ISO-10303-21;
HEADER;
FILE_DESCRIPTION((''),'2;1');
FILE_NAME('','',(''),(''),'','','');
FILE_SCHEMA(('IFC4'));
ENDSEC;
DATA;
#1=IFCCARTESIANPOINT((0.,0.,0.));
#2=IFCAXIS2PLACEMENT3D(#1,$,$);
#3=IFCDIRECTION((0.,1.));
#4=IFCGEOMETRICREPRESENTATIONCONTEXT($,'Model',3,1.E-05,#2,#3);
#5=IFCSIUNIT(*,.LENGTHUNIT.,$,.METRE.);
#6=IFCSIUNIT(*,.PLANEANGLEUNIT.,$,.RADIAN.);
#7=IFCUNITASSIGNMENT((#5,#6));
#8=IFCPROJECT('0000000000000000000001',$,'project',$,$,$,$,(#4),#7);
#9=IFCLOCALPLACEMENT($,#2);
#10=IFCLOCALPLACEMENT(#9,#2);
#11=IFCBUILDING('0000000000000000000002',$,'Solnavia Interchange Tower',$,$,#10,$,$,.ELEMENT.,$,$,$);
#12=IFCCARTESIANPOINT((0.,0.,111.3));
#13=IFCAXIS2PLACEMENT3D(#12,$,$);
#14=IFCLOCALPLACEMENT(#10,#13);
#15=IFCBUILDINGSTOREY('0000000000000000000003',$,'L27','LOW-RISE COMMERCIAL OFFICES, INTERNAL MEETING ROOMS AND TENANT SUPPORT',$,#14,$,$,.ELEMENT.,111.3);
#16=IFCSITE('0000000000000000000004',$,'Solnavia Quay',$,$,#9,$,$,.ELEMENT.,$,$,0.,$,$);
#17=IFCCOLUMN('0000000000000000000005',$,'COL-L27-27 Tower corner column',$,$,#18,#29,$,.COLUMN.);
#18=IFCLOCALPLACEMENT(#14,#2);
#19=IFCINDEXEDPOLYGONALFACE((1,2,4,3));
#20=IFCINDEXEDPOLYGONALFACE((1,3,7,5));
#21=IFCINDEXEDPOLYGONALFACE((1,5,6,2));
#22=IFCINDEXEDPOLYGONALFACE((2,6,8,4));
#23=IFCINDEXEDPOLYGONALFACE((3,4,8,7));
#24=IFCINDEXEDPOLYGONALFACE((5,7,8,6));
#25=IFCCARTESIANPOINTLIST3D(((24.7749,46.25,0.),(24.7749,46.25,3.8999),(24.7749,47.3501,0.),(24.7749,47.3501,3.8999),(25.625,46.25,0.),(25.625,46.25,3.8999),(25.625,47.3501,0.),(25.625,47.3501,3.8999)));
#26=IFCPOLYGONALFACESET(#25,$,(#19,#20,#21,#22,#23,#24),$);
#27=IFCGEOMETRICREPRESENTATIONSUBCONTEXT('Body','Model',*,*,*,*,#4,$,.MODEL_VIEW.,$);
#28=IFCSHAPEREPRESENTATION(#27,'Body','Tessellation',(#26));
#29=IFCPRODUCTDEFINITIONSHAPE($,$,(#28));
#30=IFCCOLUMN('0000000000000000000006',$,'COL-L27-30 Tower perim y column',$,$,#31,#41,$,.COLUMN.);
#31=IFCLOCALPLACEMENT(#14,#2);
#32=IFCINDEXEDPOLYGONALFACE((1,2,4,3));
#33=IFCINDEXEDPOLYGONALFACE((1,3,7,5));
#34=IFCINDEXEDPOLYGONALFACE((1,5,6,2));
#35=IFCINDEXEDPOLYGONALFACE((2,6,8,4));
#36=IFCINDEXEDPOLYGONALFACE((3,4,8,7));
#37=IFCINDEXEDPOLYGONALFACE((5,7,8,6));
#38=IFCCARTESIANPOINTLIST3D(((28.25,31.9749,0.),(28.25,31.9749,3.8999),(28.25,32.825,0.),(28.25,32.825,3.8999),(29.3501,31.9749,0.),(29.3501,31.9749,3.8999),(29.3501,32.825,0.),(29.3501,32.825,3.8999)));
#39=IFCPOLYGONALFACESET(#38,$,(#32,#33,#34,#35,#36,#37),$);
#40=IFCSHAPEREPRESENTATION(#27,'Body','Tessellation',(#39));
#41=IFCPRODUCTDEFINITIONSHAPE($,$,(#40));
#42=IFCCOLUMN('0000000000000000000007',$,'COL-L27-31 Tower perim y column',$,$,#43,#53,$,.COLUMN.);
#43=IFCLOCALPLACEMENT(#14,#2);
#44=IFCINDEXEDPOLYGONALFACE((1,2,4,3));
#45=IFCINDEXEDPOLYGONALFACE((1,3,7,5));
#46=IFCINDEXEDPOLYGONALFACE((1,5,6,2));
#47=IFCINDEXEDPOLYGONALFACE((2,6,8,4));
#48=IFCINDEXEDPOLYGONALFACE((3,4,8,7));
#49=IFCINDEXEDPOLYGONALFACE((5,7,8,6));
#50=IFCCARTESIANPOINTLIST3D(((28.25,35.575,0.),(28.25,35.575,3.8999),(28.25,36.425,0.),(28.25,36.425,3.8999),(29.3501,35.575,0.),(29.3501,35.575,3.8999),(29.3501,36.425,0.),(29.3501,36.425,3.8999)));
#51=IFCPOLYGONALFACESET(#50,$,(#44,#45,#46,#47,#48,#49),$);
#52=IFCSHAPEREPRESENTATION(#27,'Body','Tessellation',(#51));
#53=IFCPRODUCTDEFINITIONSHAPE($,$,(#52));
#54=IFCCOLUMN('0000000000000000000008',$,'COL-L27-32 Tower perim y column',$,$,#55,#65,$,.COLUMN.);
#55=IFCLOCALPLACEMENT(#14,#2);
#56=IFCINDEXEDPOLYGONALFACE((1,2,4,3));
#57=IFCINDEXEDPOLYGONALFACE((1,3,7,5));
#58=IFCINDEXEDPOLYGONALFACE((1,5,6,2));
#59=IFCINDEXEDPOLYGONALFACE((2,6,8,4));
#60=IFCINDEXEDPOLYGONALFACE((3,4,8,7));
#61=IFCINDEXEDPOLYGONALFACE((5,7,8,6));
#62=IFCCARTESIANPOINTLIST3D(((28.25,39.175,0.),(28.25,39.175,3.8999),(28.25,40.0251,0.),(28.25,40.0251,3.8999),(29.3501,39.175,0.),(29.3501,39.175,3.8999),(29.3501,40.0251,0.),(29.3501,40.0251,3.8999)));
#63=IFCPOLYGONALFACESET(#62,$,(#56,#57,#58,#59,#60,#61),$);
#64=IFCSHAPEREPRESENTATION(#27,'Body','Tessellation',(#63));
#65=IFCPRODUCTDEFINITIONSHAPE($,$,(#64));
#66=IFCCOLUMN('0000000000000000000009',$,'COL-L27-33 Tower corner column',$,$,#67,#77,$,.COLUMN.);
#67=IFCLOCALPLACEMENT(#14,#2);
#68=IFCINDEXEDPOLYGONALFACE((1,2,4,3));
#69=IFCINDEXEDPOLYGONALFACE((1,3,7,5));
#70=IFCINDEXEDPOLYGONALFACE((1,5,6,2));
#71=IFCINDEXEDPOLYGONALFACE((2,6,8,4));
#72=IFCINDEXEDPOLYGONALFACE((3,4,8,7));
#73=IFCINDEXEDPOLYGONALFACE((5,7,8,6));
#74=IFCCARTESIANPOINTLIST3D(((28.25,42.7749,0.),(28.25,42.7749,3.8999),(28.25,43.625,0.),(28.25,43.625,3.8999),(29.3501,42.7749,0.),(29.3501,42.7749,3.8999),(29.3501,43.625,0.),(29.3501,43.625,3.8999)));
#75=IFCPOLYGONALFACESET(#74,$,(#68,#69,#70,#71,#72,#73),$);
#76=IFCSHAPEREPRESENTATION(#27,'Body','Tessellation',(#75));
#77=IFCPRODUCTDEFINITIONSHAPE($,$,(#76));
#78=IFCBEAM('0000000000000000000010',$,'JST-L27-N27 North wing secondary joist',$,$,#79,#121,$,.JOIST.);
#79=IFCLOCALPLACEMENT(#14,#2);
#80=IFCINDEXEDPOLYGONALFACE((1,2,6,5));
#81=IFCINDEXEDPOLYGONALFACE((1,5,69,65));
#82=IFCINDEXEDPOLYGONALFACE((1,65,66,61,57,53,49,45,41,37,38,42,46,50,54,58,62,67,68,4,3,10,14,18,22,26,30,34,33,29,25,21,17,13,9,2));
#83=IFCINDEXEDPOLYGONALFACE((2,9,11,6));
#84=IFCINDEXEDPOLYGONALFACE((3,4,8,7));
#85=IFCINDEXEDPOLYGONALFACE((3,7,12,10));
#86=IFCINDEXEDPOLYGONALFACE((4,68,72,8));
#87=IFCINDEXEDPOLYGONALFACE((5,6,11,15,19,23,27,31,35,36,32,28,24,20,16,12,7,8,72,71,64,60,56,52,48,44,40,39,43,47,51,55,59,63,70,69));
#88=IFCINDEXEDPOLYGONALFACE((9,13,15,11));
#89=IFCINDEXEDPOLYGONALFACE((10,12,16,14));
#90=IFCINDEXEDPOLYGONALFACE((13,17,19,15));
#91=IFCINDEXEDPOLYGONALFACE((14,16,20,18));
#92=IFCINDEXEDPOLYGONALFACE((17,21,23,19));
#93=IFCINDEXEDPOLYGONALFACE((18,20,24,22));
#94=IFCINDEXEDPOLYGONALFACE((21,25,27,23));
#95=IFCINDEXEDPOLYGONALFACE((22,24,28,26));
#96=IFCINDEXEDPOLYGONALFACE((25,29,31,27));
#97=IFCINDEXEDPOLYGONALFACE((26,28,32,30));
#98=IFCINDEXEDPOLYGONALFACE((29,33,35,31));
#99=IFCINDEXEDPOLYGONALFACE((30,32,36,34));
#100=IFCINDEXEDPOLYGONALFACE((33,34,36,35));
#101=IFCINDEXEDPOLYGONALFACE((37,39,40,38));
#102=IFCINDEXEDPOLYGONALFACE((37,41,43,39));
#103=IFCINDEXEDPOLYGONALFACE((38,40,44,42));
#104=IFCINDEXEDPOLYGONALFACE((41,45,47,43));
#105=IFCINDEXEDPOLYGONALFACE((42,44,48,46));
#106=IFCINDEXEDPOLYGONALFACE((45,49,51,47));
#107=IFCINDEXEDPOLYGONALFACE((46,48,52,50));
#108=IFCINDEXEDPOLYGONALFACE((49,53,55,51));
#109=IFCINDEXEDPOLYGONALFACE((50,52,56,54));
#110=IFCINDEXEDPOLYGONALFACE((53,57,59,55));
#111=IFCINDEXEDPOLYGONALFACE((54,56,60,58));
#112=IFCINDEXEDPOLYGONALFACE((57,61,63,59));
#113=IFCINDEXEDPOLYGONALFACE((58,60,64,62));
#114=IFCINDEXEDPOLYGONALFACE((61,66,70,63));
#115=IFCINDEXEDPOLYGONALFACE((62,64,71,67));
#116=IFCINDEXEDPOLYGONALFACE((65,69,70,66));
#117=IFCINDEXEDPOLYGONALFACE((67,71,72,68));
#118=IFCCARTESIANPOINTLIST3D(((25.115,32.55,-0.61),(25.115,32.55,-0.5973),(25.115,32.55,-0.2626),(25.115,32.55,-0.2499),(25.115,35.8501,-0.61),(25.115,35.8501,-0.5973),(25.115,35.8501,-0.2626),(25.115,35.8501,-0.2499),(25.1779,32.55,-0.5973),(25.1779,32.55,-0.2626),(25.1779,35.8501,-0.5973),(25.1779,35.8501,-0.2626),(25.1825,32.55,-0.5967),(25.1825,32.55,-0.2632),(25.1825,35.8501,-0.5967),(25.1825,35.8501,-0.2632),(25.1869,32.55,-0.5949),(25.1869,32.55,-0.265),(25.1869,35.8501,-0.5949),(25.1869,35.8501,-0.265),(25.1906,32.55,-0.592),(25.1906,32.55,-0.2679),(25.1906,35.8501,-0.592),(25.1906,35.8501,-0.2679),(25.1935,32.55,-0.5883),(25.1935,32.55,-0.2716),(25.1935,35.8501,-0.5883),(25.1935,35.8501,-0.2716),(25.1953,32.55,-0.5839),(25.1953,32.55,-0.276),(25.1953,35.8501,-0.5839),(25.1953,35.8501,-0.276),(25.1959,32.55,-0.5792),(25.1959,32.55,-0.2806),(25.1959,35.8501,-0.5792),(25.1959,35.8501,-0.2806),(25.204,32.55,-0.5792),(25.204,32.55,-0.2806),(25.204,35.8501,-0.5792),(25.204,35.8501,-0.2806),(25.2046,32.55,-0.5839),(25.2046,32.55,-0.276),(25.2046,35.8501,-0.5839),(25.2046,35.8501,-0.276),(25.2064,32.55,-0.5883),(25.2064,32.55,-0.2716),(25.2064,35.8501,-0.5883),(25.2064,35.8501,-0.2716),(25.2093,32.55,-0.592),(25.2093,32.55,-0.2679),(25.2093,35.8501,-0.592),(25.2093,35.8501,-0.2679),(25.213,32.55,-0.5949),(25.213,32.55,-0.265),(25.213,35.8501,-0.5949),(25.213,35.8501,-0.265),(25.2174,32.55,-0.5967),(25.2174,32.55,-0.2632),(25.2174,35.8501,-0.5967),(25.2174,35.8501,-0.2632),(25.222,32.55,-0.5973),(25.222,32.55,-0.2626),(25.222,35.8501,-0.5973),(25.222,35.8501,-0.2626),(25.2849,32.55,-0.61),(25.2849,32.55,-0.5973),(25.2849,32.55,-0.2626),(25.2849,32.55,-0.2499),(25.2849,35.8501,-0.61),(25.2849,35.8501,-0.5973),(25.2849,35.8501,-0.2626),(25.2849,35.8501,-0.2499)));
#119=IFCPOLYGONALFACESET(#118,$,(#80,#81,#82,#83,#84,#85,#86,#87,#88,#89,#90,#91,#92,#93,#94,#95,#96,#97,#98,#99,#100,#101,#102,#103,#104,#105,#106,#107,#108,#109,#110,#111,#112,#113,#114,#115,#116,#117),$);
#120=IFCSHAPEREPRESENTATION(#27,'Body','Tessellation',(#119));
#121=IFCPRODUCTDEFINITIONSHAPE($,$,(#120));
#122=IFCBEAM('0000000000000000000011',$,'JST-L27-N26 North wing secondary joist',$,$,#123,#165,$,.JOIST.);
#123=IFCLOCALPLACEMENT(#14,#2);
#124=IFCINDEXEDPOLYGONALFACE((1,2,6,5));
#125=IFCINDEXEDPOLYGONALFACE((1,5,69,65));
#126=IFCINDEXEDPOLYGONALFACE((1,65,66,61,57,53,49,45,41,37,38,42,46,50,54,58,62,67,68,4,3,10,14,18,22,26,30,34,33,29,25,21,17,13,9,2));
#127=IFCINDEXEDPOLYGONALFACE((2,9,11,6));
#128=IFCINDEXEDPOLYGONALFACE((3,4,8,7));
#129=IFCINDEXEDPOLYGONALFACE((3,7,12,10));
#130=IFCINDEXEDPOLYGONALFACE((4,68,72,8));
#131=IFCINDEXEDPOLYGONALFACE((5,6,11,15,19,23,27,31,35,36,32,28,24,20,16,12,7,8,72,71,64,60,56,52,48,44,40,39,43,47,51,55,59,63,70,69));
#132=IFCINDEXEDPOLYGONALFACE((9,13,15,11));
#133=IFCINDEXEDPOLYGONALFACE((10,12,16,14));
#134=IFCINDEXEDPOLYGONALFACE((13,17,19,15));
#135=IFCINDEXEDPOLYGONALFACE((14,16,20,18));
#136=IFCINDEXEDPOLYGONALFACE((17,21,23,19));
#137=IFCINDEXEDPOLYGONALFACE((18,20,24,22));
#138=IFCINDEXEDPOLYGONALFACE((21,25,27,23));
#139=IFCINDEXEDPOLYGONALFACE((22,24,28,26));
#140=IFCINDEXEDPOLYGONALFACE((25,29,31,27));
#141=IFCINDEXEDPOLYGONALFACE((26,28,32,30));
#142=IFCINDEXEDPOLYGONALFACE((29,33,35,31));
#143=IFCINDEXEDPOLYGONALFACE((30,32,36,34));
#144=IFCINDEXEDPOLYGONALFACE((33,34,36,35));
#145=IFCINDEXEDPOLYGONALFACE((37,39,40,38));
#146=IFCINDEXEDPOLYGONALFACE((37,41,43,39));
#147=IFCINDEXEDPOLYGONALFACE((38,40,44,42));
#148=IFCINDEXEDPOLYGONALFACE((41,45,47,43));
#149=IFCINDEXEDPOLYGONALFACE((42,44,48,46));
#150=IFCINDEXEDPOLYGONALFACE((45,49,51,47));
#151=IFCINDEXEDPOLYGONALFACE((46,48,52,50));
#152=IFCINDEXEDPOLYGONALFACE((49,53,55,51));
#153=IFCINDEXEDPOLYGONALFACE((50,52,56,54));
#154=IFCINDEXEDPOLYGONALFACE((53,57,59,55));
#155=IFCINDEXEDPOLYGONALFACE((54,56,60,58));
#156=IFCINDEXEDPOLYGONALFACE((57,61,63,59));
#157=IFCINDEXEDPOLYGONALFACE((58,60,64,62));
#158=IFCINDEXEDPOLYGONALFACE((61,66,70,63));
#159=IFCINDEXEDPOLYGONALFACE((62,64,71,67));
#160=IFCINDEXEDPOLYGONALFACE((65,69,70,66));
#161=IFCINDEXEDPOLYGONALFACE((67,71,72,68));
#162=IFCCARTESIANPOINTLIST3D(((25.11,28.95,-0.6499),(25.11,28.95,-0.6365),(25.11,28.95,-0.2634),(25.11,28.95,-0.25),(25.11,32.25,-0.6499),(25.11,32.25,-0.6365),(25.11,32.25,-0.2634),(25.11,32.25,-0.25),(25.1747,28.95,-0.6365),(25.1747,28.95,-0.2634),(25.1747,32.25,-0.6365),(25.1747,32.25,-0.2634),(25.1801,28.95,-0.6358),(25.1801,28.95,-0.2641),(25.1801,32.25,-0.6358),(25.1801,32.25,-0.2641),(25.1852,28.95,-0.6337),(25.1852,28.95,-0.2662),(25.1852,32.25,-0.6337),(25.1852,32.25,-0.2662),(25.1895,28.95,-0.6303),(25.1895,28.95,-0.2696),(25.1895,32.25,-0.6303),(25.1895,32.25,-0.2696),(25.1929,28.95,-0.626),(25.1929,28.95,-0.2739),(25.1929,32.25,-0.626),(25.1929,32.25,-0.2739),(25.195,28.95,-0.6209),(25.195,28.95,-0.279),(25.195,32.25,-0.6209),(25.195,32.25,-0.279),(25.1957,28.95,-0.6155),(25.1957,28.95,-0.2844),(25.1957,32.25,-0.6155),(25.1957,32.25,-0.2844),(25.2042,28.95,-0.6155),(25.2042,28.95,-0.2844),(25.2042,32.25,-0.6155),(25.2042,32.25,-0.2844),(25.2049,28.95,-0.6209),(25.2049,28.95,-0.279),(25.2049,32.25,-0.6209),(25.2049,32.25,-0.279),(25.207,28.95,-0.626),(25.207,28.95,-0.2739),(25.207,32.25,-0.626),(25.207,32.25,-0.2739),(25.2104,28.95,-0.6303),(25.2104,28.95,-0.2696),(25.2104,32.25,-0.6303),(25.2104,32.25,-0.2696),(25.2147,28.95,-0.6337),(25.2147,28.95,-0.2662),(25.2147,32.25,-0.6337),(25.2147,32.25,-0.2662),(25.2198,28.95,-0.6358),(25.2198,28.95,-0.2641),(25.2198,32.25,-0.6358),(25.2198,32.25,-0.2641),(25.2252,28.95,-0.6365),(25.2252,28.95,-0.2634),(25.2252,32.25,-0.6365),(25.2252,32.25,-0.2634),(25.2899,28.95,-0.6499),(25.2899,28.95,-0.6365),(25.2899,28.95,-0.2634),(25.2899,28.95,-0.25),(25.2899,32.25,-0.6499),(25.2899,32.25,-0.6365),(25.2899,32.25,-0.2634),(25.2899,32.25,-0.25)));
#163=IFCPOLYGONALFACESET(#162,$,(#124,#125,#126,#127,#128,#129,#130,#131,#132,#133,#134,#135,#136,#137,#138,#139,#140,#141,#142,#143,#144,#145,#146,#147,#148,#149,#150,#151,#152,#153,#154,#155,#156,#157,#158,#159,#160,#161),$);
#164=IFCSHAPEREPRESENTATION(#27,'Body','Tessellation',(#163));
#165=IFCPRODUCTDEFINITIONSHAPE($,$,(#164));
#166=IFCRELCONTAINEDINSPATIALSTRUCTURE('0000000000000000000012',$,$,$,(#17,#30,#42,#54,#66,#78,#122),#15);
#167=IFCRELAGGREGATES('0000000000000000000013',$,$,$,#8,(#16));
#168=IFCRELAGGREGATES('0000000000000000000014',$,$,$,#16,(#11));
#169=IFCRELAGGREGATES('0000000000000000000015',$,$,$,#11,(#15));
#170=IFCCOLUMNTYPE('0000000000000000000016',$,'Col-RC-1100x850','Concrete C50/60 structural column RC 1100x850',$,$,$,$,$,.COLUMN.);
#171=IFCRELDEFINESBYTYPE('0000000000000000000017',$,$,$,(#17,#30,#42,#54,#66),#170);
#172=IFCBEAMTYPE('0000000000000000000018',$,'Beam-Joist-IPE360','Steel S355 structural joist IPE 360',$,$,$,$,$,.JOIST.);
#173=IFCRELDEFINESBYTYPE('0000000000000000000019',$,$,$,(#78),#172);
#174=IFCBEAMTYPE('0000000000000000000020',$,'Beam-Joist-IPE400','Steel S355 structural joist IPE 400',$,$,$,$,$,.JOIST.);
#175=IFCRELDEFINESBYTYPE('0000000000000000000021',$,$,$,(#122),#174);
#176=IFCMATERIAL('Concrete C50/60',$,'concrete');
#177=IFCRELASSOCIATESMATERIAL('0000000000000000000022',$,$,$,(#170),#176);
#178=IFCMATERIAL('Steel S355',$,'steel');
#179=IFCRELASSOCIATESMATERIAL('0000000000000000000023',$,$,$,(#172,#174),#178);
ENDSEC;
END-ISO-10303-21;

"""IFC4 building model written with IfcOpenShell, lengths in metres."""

from ifc_helpers import new_model, si_unit, direction, frame, origin, origin_2d, place, context, subcontext, project, spatial, rectangle, i_section, extrude, material, material_profile, profile_set, type_object, element, save


model = new_model("IFC4")

# Units and contexts
model_context = context("Model", 3, precision=1e-05, world=origin(), true_north=direction((0.0, 1.0)))
body_context = subcontext(model_context, "Body", "Model", "MODEL_VIEW")
ifc_project = project(units=[si_unit("LENGTHUNIT", "METRE"), si_unit("PLANEANGLEUNIT", "RADIAN")], contexts=[model_context])

# Site, building, storey
site_placement = place(None, origin())
site = spatial("IfcSite", under=ifc_project, at=site_placement, Name="Solnavia Quay", CompositionType="ELEMENT", RefElevation=0.0)
building_placement = place(site_placement, origin())
building = spatial("IfcBuilding", under=site, at=building_placement, Name="Solnavia Interchange Tower", CompositionType="ELEMENT")
storey_placement = place(building_placement, frame((0.0, 0.0, 111.3)))
storey = spatial("IfcBuildingStorey", under=building, at=storey_placement, Name="L27", Description="LOW-RISE COMMERCIAL OFFICES, INTERNAL MEETING ROOMS AND TENANT SUPPORT", CompositionType="ELEMENT", Elevation=111.3)

# Columns
ifc_material_1 = material(Name="Concrete C50/60", Category="concrete")
ifc_material_profile_1 = material_profile(ifc_material_1, rectangle(XDim=0.8501, YDim=1.1001, at=origin_2d()), Name="RC 1100x850")
ifc_profile_set_1 = profile_set([ifc_material_profile_1], Name="Concrete C50/60")
column_type = type_object("IfcColumnType", Name="Col-RC-1100x850", Description="Concrete C50/60 structural column RC 1100x850", PredefinedType="COLUMN", material=ifc_profile_set_1)
for number, where, z_axis, x_axis, name in (
    (1, (25.2, 46.8, 0.0), (0.0, 0.0, 1.0), (1.0, 0.0, 0.0), "COL-L27-27 Tower corner column"),
    (2, (28.8, 32.3999, 0.0), (0.0, 0.0, 1.0), (0.0, 1.0, 0.0), "COL-L27-30 Tower perim y column"),
    (3, (28.8, 36.0, 0.0), (0.0, 0.0, 1.0), (0.0, 1.0, 0.0), "COL-L27-31 Tower perim y column"),
    (4, (28.8, 39.6001, 0.0), (0.0, 0.0, 1.0), (0.0, 1.0, 0.0), "COL-L27-32 Tower perim y column"),
    (5, (28.8, 43.2, 0.0), (0.0, 0.0, 1.0), (0.0, 1.0, 0.0), "COL-L27-33 Tower corner column"),
):
    element("IfcColumn", number, at=place(storey_placement, frame(where, z_axis=z_axis, x_axis=x_axis)), inside=storey, type_object=column_type, Name=name, PredefinedType="COLUMN", context=body_context, shape_type="SweptSolid", body=[
        extrude(rectangle(XDim=0.8501, YDim=1.1001, at=origin_2d()), origin(), (0.0, 0.0, 1.0), 3.8999),
    ])

# Beams
ifc_material_2 = material(Name="Steel S355", Category="steel")
ifc_material_profile_2 = material_profile(ifc_material_2, i_section(OverallWidth=0.1699, OverallDepth=0.3601, WebThickness=0.0081, FlangeThickness=0.0127, FilletRadius=0.0181, at=origin_2d()), Name="IPE 360")
ifc_profile_set_2 = profile_set([ifc_material_profile_2], Name="Steel S355")
beam_type_1 = type_object("IfcBeamType", Name="Beam-Joist-IPE360", Description="Steel S355 structural joist IPE 360", PredefinedType="JOIST", material=ifc_profile_set_2)
beam_1_placement = place(storey_placement, frame((25.2, 32.55, -0.4299), z_axis=(0.0, 1.0, 0.0), x_axis=(-1.0, 0.0, 0.0)))
element("IfcBeam", 6, at=beam_1_placement, inside=storey, type_object=beam_type_1, Name="JST-L27-N27 North wing secondary joist", PredefinedType="JOIST", context=body_context, shape_type="SweptSolid", body=[
    extrude(i_section(OverallWidth=0.1699, OverallDepth=0.3601, WebThickness=0.0081, FlangeThickness=0.0127, FilletRadius=0.0181, at=origin_2d()), origin(), (0.0, 0.0, 1.0), 3.3),
])
ifc_material_profile_3 = material_profile(ifc_material_2, i_section(OverallWidth=0.1799, OverallDepth=0.3999, WebThickness=0.0085, FlangeThickness=0.0134, FilletRadius=0.021, at=origin_2d()), Name="IPE 400")
ifc_profile_set_3 = profile_set([ifc_material_profile_3], Name="Steel S355")
beam_type_2 = type_object("IfcBeamType", Name="Beam-Joist-IPE400", Description="Steel S355 structural joist IPE 400", PredefinedType="JOIST", material=ifc_profile_set_3)
beam_2_placement = place(storey_placement, frame((25.2, 28.95, -0.45), z_axis=(0.0, 1.0, 0.0), x_axis=(-1.0, 0.0, 0.0)))
element("IfcBeam", 7, at=beam_2_placement, inside=storey, type_object=beam_type_2, Name="JST-L27-N26 North wing secondary joist", PredefinedType="JOIST", context=body_context, shape_type="SweptSolid", body=[
    extrude(i_section(OverallWidth=0.1799, OverallDepth=0.3999, WebThickness=0.0085, FlangeThickness=0.0134, FilletRadius=0.021, at=origin_2d()), origin(), (0.0, 0.0, 1.0), 3.3),
])

save(model, "model.ifc")
